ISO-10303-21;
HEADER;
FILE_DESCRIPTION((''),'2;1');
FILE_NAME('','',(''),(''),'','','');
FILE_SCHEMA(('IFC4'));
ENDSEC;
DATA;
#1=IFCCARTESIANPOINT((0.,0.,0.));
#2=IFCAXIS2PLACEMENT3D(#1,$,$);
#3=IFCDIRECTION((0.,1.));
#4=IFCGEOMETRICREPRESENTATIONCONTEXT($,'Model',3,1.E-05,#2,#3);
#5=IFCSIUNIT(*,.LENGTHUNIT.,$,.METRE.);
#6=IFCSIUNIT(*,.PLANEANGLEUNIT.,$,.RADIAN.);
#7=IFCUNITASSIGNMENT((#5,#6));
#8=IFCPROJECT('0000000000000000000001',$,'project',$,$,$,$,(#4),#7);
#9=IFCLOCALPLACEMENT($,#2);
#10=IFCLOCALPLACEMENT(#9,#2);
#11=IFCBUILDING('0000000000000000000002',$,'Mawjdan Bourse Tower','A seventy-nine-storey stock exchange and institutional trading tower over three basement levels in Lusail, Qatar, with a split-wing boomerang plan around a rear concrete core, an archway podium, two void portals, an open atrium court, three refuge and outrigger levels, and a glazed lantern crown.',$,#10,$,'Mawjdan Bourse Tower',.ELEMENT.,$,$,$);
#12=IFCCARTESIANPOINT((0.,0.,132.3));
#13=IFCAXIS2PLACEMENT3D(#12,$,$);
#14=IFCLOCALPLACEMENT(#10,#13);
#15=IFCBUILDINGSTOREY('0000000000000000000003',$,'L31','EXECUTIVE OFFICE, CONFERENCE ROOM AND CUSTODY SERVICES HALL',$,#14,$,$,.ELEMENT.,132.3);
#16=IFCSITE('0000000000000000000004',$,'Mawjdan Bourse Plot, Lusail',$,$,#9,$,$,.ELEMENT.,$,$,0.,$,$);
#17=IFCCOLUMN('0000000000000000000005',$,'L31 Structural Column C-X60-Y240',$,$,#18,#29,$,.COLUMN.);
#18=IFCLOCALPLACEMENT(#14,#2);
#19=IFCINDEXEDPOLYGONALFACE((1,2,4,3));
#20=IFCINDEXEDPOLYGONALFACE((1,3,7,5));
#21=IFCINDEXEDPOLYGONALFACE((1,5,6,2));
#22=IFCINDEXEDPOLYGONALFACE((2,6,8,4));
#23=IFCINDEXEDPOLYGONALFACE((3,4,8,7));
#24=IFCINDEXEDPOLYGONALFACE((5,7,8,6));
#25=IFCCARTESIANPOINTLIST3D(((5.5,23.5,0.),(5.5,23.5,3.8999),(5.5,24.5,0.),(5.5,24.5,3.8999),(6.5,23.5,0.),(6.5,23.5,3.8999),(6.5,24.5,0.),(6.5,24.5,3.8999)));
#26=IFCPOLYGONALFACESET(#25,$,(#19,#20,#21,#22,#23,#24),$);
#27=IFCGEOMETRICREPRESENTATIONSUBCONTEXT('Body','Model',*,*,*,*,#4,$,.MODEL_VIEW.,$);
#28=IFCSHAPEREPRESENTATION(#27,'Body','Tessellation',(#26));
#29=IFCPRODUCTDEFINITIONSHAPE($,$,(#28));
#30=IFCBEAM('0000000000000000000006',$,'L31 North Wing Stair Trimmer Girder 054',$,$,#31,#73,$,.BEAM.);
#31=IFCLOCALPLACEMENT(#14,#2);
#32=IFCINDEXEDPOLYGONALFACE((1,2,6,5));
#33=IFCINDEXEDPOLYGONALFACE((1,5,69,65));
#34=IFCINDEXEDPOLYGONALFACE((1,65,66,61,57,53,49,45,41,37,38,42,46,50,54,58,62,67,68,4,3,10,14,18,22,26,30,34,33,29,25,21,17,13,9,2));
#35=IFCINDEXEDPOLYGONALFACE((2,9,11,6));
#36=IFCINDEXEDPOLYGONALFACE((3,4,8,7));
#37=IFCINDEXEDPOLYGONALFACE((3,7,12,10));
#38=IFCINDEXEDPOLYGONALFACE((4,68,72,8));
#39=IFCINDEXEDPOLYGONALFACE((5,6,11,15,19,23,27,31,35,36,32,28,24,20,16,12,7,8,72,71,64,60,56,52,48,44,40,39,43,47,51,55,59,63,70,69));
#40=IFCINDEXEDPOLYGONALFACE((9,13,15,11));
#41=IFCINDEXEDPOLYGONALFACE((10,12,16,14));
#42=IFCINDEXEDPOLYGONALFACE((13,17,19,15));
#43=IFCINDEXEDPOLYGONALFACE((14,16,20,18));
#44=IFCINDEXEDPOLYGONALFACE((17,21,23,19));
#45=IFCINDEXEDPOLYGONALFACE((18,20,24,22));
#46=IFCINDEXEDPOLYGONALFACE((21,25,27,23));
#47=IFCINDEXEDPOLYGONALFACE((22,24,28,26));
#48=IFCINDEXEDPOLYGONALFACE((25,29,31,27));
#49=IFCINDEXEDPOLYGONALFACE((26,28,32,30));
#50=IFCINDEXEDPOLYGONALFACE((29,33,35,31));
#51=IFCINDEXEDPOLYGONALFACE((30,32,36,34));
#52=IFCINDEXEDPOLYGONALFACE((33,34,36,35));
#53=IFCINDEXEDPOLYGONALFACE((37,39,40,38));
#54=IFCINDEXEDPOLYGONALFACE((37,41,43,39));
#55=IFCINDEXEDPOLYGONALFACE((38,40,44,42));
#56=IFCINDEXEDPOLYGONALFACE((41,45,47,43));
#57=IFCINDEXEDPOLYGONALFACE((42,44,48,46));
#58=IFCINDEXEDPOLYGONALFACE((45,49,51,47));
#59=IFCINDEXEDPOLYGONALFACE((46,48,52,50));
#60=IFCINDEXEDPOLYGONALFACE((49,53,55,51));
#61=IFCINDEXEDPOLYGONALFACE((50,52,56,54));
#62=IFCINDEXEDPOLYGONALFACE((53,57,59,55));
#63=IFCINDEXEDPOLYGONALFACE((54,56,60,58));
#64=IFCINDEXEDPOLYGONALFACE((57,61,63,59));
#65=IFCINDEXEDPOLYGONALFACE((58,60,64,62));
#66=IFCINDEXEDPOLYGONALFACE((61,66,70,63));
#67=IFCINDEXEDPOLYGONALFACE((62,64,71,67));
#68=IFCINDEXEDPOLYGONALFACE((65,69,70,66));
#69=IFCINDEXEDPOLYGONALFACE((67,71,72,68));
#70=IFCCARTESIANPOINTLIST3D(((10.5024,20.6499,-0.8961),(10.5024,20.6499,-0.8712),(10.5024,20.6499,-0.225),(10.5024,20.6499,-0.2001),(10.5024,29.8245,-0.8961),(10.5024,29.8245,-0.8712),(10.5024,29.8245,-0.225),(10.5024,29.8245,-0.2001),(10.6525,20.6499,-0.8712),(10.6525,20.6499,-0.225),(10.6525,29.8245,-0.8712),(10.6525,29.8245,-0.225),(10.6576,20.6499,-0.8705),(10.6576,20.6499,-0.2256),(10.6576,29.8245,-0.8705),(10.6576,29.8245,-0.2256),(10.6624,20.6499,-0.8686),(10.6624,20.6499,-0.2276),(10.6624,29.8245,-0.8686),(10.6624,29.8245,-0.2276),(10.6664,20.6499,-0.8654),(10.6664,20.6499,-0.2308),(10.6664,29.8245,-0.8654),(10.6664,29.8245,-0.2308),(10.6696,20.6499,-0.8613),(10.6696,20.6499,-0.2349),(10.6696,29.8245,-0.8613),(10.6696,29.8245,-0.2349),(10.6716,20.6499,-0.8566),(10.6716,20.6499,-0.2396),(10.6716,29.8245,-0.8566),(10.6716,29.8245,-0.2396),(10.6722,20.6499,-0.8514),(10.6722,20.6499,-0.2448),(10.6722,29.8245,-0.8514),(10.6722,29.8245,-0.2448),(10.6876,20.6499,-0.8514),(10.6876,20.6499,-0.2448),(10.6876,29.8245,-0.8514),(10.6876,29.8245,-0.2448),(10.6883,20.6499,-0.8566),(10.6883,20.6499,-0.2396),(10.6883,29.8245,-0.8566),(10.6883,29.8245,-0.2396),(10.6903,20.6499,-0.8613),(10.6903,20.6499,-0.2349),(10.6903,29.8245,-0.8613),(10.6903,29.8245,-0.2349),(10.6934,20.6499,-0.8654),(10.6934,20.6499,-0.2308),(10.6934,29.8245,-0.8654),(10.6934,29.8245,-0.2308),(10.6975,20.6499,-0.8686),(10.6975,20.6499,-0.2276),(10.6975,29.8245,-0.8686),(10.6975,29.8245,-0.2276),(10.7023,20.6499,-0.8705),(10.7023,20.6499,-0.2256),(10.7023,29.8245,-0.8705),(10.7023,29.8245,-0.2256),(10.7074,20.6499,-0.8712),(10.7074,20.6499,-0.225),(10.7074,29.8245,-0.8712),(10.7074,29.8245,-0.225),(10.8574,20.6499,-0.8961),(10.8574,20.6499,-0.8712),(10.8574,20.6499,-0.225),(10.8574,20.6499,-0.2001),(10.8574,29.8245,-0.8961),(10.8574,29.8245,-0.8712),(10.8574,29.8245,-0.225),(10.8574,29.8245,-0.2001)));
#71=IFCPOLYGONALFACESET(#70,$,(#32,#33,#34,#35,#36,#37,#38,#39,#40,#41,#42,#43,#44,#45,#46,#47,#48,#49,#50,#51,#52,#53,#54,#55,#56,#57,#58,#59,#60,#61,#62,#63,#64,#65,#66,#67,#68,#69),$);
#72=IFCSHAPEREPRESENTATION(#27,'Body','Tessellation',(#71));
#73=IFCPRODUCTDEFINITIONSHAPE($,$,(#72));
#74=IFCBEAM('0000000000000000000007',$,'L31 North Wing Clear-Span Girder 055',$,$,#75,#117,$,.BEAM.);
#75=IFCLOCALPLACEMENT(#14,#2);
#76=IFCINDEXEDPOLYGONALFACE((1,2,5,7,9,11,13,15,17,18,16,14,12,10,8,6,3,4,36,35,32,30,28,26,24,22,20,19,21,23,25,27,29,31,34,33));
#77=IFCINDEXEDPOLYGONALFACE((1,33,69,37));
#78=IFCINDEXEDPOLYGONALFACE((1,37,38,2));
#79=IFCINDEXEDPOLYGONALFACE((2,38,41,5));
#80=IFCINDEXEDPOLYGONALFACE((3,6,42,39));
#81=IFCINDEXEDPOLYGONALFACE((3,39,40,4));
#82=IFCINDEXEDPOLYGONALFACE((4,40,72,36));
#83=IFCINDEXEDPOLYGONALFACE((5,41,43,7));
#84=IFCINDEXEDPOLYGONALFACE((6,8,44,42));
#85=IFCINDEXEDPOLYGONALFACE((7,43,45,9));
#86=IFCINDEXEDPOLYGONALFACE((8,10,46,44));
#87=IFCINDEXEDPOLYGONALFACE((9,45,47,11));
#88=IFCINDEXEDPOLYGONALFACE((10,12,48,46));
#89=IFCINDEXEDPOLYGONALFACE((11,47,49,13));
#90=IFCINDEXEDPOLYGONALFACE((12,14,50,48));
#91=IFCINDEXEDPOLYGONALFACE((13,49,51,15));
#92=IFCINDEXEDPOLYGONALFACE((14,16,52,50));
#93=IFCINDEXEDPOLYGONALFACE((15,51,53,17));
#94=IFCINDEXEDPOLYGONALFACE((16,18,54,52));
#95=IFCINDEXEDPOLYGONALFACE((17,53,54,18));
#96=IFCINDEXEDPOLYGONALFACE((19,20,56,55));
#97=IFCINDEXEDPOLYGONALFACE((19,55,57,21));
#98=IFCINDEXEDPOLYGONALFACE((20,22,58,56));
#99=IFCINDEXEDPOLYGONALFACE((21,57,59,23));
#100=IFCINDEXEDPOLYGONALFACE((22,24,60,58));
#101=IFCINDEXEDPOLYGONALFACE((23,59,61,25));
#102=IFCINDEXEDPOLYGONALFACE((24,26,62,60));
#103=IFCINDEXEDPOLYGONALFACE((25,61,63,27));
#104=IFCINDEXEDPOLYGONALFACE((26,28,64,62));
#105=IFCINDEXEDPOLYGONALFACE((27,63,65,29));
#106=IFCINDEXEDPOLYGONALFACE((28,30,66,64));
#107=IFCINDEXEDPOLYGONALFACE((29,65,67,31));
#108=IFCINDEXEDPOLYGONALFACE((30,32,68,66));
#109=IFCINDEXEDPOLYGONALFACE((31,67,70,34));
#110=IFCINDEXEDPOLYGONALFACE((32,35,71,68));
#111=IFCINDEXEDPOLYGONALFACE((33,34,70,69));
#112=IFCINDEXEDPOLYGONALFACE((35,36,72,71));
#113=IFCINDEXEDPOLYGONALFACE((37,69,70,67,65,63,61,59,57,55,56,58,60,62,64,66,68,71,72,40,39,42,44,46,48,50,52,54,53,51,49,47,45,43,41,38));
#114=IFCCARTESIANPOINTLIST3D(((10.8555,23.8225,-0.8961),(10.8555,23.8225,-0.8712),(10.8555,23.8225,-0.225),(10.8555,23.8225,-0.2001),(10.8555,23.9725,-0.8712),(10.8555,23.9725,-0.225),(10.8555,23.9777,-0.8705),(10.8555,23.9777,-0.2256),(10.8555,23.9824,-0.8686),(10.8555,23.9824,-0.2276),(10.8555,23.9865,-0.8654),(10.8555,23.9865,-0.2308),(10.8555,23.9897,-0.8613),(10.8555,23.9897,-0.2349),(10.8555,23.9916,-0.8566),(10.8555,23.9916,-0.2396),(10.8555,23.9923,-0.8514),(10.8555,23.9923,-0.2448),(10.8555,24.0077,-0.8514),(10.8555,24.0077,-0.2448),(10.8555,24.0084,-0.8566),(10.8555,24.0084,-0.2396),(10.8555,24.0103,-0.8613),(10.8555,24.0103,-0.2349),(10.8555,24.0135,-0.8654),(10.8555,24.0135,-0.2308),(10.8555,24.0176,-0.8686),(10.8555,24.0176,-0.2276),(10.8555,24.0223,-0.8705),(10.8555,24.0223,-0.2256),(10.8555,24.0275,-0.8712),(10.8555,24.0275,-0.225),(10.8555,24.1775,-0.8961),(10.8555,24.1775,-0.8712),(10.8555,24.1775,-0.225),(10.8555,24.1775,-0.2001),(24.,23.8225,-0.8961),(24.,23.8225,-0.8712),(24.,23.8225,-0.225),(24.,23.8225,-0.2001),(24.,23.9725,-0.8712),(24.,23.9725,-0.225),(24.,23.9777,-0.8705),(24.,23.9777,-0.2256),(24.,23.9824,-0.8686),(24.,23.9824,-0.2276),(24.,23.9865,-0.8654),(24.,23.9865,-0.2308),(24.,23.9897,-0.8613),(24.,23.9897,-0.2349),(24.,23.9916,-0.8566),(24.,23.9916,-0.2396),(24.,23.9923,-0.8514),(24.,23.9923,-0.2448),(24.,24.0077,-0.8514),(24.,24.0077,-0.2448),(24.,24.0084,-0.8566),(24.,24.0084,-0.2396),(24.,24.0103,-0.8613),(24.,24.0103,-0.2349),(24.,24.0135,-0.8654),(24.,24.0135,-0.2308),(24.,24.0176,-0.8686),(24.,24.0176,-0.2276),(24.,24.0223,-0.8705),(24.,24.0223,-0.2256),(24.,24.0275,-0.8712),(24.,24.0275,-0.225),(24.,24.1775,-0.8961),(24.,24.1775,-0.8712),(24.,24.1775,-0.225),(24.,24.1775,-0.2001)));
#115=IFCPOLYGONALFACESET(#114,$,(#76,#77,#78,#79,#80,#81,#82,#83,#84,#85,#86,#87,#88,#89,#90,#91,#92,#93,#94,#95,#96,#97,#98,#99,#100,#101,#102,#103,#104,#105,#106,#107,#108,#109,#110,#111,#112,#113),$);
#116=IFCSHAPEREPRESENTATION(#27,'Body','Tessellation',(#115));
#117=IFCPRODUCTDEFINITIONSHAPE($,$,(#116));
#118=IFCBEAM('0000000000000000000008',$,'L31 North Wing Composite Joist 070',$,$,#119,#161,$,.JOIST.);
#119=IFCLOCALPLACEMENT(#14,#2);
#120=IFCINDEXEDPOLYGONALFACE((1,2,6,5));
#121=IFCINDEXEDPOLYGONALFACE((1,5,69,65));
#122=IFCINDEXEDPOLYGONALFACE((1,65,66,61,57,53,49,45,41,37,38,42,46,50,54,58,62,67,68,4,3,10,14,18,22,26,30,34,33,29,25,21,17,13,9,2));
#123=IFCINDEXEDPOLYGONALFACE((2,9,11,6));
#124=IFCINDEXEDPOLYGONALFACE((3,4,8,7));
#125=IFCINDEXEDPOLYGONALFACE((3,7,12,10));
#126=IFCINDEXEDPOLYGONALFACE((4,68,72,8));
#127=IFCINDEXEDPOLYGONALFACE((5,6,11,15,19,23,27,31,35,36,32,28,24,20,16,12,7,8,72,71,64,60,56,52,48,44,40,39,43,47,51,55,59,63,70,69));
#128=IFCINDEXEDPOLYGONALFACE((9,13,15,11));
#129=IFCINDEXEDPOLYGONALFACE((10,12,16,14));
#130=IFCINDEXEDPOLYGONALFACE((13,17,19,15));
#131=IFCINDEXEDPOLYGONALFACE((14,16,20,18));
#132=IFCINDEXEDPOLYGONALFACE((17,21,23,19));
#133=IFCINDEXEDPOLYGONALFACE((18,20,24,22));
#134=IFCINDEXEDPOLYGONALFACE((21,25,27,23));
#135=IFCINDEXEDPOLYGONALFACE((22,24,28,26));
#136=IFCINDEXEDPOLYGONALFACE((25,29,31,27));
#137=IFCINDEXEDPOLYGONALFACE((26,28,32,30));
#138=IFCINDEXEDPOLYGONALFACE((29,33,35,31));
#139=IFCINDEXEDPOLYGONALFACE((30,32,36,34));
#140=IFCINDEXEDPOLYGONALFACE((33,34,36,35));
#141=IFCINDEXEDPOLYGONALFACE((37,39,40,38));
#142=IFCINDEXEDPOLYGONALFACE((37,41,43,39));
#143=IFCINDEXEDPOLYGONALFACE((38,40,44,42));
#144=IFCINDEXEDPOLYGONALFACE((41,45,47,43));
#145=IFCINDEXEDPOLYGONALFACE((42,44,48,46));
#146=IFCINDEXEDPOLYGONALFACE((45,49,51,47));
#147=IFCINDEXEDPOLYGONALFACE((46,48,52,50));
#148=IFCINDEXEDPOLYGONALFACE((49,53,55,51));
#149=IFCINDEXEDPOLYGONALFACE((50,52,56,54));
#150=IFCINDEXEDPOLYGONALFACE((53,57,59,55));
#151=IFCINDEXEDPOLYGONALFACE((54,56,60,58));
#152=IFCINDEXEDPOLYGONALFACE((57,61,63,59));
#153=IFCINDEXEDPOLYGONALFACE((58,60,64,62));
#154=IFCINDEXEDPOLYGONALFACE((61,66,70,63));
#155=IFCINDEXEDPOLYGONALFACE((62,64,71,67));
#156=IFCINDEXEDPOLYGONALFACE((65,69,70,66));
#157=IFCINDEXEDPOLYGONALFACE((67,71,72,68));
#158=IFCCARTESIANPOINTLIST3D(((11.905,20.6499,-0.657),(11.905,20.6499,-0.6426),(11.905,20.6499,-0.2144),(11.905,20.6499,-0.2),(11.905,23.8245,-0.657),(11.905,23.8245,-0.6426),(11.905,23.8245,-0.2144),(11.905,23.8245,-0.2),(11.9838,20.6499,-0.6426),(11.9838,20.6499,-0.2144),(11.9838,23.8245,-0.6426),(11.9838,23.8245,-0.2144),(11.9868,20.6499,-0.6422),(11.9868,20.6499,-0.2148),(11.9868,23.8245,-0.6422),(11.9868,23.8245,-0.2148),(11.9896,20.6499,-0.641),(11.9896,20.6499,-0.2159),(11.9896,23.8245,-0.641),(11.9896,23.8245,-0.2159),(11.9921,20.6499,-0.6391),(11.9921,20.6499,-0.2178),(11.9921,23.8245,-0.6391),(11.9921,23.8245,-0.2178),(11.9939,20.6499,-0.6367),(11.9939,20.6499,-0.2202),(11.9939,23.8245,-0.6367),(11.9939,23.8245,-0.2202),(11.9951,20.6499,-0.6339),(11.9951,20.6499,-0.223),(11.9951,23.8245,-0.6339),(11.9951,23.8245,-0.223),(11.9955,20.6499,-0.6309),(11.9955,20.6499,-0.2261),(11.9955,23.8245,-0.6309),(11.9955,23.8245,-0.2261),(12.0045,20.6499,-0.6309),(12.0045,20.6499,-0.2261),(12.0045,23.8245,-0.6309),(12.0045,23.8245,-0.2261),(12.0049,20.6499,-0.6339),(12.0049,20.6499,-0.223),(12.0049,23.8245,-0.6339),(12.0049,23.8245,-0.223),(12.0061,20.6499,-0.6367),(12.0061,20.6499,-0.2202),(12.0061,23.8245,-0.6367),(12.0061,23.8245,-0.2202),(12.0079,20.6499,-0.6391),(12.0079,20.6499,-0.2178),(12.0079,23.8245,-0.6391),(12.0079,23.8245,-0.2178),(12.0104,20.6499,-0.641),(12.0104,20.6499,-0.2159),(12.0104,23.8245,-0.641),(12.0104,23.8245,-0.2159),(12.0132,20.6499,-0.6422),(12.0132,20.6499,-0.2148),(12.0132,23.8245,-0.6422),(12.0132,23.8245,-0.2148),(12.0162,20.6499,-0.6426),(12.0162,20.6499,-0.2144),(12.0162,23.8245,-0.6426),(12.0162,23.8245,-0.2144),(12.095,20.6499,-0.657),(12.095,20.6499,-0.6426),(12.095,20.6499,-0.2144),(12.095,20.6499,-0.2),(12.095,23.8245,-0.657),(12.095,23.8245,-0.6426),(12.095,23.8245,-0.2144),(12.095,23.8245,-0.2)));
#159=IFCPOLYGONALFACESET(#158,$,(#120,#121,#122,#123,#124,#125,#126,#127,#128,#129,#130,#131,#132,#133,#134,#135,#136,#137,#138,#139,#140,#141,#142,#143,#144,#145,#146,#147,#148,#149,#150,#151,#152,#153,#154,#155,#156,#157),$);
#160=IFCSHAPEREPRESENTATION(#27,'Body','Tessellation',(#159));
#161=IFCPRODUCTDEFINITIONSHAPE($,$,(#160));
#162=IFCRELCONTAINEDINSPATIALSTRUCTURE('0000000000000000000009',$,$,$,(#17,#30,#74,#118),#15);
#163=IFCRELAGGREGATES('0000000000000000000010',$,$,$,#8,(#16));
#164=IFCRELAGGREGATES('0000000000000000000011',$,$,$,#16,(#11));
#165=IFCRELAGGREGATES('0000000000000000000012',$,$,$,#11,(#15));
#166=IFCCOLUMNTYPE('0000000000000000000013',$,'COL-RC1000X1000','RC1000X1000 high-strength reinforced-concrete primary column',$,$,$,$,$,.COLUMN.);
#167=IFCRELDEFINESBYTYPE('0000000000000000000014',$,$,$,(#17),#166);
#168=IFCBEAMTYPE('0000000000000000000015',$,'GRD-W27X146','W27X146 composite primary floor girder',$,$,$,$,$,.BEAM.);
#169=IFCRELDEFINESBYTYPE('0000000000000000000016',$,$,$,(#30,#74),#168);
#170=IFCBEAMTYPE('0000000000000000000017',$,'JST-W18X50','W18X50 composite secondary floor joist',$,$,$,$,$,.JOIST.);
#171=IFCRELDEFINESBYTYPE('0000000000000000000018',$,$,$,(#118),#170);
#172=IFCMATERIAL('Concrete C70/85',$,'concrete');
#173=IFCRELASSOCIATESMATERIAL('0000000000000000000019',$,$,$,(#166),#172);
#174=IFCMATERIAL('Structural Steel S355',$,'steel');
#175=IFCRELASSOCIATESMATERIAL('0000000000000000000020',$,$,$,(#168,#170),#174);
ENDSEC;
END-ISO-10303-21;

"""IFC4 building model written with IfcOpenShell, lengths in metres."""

from ifc_helpers import new_model, si_unit, direction, frame, origin, origin_2d, place, context, subcontext, project, spatial, rectangle, i_section, extrude, material, material_profile, profile_set, type_object, element, save


model = new_model("IFC4")

# Units and contexts
model_context = context("Model", 3, precision=1e-05, world=origin(), true_north=direction((0.0, 1.0)))
body_context = subcontext(model_context, "Body", "Model", "MODEL_VIEW")
ifc_project = project(units=[si_unit("LENGTHUNIT", "METRE"), si_unit("PLANEANGLEUNIT", "RADIAN")], contexts=[model_context])

# Site, building, storey
site_placement = place(None, origin())
site = spatial("IfcSite", under=ifc_project, at=site_placement, Name="Mawjdan Bourse Plot, Lusail", CompositionType="ELEMENT", RefElevation=0.0)
building_placement = place(site_placement, origin())
building = spatial("IfcBuilding", under=site, at=building_placement, Name="Mawjdan Bourse Tower", Description="A seventy-nine-storey stock exchange and institutional trading tower over three basement levels in Lusail, Qatar, with a split-wing boomerang plan around a rear concrete core, an archway podium, two void portals, an open atrium court, three refuge and outrigger levels, and a glazed lantern crown.", LongName="Mawjdan Bourse Tower", CompositionType="ELEMENT")
storey_placement = place(building_placement, frame((0.0, 0.0, 132.3)))
storey = spatial("IfcBuildingStorey", under=building, at=storey_placement, Name="L31", Description="EXECUTIVE OFFICE, CONFERENCE ROOM AND CUSTODY SERVICES HALL", CompositionType="ELEMENT", Elevation=132.3)

# Column
ifc_material_1 = material(Name="Concrete C70/85", Category="concrete")
ifc_material_profile_1 = material_profile(ifc_material_1, rectangle(XDim=1.0, YDim=1.0, at=origin_2d()), Name="RC1000X1000")
ifc_profile_set_1 = profile_set([ifc_material_profile_1], Name="Concrete C70/85")
column_type = type_object("IfcColumnType", Name="COL-RC1000X1000", Description="RC1000X1000 high-strength reinforced-concrete primary column", PredefinedType="COLUMN", material=ifc_profile_set_1)
column_placement = place(storey_placement, frame((6.0, 24.0, 0.0), z_axis=(0.0, 0.0, 1.0), x_axis=(1.0, 0.0, 0.0)))
element("IfcColumn", 1, at=column_placement, inside=storey, type_object=column_type, Name="L31 Structural Column C-X60-Y240", PredefinedType="COLUMN", context=body_context, shape_type="SweptSolid", body=[
    extrude(rectangle(XDim=1.0, YDim=1.0, at=origin_2d()), origin(), (0.0, 0.0, 1.0), 3.8999),
])

# Beams
ifc_material_2 = material(Name="Structural Steel S355", Category="steel")
ifc_material_profile_2 = material_profile(ifc_material_2, i_section(OverallWidth=0.355, OverallDepth=0.696, WebThickness=0.0154, FlangeThickness=0.0249, FilletRadius=0.0198, at=origin_2d()), Name="W27X146")
ifc_profile_set_2 = profile_set([ifc_material_profile_2], Name="Structural Steel S355")
beam_type_1 = type_object("IfcBeamType", Name="GRD-W27X146", Description="W27X146 composite primary floor girder", PredefinedType="BEAM", material=ifc_profile_set_2)
beam_1_placement = place(storey_placement, frame((10.6799, 20.6499, -0.5481), z_axis=(0.0, 1.0, 0.0), x_axis=(-1.0, 0.0, 0.0)))
element("IfcBeam", 2, at=beam_1_placement, inside=storey, type_object=beam_type_1, Name="L31 North Wing Stair Trimmer Girder 054", PredefinedType="BEAM", context=body_context, shape_type="SweptSolid", body=[
    extrude(i_section(OverallWidth=0.355, OverallDepth=0.696, WebThickness=0.0154, FlangeThickness=0.0249, FilletRadius=0.0198, at=origin_2d()), origin(), (0.0, 0.0, 1.0), 9.1746),
])
beam_2_placement = place(storey_placement, frame((10.8555, 24.0, -0.5481), z_axis=(1.0, 0.0, 0.0), x_axis=(0.0, 1.0, 0.0)))
element("IfcBeam", 3, at=beam_2_placement, inside=storey, type_object=beam_type_1, Name="L31 North Wing Clear-Span Girder 055", PredefinedType="BEAM", context=body_context, shape_type="SweptSolid", body=[
    extrude(i_section(OverallWidth=0.355, OverallDepth=0.696, WebThickness=0.0154, FlangeThickness=0.0249, FilletRadius=0.0198, at=origin_2d()), origin(), (0.0, 0.0, 1.0), 13.1445),
])
ifc_material_profile_3 = material_profile(ifc_material_2, i_section(OverallWidth=0.1899, OverallDepth=0.457, WebThickness=0.009, FlangeThickness=0.0144, FilletRadius=0.0117, at=origin_2d()), Name="W18X50")
ifc_profile_set_3 = profile_set([ifc_material_profile_3], Name="Structural Steel S355")
beam_type_2 = type_object("IfcBeamType", Name="JST-W18X50", Description="W18X50 composite secondary floor joist", PredefinedType="JOIST", material=ifc_profile_set_3)
beam_3_placement = place(storey_placement, frame((12.0, 20.6499, -0.4285), z_axis=(0.0, 1.0, 0.0), x_axis=(-1.0, 0.0, 0.0)))
element("IfcBeam", 4, at=beam_3_placement, inside=storey, type_object=beam_type_2, Name="L31 North Wing Composite Joist 070", PredefinedType="JOIST", context=body_context, shape_type="SweptSolid", body=[
    extrude(i_section(OverallWidth=0.1899, OverallDepth=0.457, WebThickness=0.009, FlangeThickness=0.0144, FilletRadius=0.0117, at=origin_2d()), origin(), (0.0, 0.0, 1.0), 3.1746),
])

save(model, "model.ifc")
